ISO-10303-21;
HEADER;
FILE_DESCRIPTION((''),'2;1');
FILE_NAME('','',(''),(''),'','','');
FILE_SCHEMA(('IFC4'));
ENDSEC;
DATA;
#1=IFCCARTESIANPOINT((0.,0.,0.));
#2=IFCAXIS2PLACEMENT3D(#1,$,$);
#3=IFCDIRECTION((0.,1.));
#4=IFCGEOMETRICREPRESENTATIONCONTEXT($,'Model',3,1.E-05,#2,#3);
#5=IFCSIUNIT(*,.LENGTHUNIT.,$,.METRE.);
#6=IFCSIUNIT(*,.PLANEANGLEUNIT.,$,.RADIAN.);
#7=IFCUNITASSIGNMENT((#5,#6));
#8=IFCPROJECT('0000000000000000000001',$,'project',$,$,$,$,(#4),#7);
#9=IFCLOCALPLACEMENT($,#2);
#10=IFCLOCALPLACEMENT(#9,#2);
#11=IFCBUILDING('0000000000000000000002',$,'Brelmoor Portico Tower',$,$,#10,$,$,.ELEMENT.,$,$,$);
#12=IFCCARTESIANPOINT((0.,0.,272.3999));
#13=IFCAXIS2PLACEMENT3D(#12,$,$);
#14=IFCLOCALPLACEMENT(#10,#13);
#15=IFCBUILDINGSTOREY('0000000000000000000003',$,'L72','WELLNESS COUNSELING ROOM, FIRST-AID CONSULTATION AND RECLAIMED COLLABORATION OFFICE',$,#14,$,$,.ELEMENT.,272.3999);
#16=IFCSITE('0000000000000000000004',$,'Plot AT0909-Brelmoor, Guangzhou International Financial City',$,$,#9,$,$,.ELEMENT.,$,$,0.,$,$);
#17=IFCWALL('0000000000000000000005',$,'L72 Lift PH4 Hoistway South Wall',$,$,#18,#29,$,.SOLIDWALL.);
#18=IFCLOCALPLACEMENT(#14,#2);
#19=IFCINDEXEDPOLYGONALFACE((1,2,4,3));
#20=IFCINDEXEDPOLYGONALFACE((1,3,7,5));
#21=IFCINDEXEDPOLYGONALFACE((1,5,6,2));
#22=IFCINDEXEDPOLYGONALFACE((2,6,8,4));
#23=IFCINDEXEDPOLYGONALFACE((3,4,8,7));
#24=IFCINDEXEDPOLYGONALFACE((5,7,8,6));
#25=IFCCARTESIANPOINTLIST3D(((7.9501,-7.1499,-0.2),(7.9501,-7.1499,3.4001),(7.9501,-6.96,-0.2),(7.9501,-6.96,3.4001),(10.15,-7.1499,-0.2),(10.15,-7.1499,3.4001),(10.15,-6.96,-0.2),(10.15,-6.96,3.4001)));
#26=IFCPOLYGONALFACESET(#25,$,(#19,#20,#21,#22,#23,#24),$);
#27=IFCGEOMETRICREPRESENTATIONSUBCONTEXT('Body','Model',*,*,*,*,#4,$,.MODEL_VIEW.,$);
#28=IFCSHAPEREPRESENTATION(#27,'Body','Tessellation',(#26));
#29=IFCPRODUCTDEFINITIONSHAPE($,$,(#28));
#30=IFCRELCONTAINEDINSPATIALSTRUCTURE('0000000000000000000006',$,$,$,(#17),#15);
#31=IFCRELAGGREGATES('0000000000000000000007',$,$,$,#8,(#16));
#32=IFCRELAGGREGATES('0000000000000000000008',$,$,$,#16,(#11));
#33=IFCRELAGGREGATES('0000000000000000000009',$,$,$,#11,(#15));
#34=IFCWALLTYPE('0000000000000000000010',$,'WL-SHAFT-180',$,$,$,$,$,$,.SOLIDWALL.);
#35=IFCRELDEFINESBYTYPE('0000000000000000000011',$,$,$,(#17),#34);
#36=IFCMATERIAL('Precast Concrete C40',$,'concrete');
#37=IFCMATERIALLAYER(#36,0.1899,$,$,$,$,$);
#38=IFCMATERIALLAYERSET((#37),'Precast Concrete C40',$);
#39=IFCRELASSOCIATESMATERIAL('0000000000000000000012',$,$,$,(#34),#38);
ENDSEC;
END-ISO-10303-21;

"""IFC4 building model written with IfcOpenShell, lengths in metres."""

from ifc_helpers import new_model, si_unit, direction, frame, frame_2d, origin, place, context, subcontext, project, spatial, rectangle, extrude, material, layer, layer_set, type_object, element, save


model = new_model("IFC4")

# Units and contexts
model_context = context("Model", 3, precision=1e-05, world=origin(), true_north=direction((0.0, 1.0)))
body_context = subcontext(model_context, "Body", "Model", "MODEL_VIEW")
ifc_project = project(units=[si_unit("LENGTHUNIT", "METRE"), si_unit("PLANEANGLEUNIT", "RADIAN")], contexts=[model_context])

# Site, building, storey
site_placement = place(None, origin())
site = spatial("IfcSite", under=ifc_project, at=site_placement, Name="Plot AT0909-Brelmoor, Guangzhou International Financial City", CompositionType="ELEMENT", RefElevation=0.0)
building_placement = place(site_placement, origin())
building = spatial("IfcBuilding", under=site, at=building_placement, Name="Brelmoor Portico Tower", CompositionType="ELEMENT")
storey_placement = place(building_placement, frame((0.0, 0.0, 272.3999)))
storey = spatial("IfcBuildingStorey", under=building, at=storey_placement, Name="L72", Description="WELLNESS COUNSELING ROOM, FIRST-AID CONSULTATION AND RECLAIMED COLLABORATION OFFICE", CompositionType="ELEMENT", Elevation=272.3999)

# Shared definitions
ifc_material_1 = material(Name="Precast Concrete C40", Category="concrete")
ifc_layer_1 = layer(ifc_material_1, 0.1899)
ifc_layer_set_1 = layer_set([ifc_layer_1], Name="Precast Concrete C40")
wall_type_1 = type_object("IfcWallType", Name="WL-SHAFT-180", PredefinedType="SOLIDWALL", material=ifc_layer_set_1)

# Wall
for number, where, z_axis, x_axis, name in (
    (1, (7.95, -7.0549, -0.2), (0.0, 0.0, 1.0), (1.0, 0.0, 0.0), "L72 Lift PH4 Hoistway South Wall"),
):
    element("IfcWall", number, at=place(storey_placement, frame(where, z_axis=z_axis, x_axis=x_axis)), inside=storey, type_object=wall_type_1, Name=name, PredefinedType="SOLIDWALL", context=body_context, shape_type="SweptSolid", body=[
        extrude(rectangle(XDim=2.2, YDim=0.1899, at=frame_2d((1.1001, 0.0))), origin(), (0.0, 0.0, 1.0), 3.6001),
    ])

save(model, "model.ifc")
